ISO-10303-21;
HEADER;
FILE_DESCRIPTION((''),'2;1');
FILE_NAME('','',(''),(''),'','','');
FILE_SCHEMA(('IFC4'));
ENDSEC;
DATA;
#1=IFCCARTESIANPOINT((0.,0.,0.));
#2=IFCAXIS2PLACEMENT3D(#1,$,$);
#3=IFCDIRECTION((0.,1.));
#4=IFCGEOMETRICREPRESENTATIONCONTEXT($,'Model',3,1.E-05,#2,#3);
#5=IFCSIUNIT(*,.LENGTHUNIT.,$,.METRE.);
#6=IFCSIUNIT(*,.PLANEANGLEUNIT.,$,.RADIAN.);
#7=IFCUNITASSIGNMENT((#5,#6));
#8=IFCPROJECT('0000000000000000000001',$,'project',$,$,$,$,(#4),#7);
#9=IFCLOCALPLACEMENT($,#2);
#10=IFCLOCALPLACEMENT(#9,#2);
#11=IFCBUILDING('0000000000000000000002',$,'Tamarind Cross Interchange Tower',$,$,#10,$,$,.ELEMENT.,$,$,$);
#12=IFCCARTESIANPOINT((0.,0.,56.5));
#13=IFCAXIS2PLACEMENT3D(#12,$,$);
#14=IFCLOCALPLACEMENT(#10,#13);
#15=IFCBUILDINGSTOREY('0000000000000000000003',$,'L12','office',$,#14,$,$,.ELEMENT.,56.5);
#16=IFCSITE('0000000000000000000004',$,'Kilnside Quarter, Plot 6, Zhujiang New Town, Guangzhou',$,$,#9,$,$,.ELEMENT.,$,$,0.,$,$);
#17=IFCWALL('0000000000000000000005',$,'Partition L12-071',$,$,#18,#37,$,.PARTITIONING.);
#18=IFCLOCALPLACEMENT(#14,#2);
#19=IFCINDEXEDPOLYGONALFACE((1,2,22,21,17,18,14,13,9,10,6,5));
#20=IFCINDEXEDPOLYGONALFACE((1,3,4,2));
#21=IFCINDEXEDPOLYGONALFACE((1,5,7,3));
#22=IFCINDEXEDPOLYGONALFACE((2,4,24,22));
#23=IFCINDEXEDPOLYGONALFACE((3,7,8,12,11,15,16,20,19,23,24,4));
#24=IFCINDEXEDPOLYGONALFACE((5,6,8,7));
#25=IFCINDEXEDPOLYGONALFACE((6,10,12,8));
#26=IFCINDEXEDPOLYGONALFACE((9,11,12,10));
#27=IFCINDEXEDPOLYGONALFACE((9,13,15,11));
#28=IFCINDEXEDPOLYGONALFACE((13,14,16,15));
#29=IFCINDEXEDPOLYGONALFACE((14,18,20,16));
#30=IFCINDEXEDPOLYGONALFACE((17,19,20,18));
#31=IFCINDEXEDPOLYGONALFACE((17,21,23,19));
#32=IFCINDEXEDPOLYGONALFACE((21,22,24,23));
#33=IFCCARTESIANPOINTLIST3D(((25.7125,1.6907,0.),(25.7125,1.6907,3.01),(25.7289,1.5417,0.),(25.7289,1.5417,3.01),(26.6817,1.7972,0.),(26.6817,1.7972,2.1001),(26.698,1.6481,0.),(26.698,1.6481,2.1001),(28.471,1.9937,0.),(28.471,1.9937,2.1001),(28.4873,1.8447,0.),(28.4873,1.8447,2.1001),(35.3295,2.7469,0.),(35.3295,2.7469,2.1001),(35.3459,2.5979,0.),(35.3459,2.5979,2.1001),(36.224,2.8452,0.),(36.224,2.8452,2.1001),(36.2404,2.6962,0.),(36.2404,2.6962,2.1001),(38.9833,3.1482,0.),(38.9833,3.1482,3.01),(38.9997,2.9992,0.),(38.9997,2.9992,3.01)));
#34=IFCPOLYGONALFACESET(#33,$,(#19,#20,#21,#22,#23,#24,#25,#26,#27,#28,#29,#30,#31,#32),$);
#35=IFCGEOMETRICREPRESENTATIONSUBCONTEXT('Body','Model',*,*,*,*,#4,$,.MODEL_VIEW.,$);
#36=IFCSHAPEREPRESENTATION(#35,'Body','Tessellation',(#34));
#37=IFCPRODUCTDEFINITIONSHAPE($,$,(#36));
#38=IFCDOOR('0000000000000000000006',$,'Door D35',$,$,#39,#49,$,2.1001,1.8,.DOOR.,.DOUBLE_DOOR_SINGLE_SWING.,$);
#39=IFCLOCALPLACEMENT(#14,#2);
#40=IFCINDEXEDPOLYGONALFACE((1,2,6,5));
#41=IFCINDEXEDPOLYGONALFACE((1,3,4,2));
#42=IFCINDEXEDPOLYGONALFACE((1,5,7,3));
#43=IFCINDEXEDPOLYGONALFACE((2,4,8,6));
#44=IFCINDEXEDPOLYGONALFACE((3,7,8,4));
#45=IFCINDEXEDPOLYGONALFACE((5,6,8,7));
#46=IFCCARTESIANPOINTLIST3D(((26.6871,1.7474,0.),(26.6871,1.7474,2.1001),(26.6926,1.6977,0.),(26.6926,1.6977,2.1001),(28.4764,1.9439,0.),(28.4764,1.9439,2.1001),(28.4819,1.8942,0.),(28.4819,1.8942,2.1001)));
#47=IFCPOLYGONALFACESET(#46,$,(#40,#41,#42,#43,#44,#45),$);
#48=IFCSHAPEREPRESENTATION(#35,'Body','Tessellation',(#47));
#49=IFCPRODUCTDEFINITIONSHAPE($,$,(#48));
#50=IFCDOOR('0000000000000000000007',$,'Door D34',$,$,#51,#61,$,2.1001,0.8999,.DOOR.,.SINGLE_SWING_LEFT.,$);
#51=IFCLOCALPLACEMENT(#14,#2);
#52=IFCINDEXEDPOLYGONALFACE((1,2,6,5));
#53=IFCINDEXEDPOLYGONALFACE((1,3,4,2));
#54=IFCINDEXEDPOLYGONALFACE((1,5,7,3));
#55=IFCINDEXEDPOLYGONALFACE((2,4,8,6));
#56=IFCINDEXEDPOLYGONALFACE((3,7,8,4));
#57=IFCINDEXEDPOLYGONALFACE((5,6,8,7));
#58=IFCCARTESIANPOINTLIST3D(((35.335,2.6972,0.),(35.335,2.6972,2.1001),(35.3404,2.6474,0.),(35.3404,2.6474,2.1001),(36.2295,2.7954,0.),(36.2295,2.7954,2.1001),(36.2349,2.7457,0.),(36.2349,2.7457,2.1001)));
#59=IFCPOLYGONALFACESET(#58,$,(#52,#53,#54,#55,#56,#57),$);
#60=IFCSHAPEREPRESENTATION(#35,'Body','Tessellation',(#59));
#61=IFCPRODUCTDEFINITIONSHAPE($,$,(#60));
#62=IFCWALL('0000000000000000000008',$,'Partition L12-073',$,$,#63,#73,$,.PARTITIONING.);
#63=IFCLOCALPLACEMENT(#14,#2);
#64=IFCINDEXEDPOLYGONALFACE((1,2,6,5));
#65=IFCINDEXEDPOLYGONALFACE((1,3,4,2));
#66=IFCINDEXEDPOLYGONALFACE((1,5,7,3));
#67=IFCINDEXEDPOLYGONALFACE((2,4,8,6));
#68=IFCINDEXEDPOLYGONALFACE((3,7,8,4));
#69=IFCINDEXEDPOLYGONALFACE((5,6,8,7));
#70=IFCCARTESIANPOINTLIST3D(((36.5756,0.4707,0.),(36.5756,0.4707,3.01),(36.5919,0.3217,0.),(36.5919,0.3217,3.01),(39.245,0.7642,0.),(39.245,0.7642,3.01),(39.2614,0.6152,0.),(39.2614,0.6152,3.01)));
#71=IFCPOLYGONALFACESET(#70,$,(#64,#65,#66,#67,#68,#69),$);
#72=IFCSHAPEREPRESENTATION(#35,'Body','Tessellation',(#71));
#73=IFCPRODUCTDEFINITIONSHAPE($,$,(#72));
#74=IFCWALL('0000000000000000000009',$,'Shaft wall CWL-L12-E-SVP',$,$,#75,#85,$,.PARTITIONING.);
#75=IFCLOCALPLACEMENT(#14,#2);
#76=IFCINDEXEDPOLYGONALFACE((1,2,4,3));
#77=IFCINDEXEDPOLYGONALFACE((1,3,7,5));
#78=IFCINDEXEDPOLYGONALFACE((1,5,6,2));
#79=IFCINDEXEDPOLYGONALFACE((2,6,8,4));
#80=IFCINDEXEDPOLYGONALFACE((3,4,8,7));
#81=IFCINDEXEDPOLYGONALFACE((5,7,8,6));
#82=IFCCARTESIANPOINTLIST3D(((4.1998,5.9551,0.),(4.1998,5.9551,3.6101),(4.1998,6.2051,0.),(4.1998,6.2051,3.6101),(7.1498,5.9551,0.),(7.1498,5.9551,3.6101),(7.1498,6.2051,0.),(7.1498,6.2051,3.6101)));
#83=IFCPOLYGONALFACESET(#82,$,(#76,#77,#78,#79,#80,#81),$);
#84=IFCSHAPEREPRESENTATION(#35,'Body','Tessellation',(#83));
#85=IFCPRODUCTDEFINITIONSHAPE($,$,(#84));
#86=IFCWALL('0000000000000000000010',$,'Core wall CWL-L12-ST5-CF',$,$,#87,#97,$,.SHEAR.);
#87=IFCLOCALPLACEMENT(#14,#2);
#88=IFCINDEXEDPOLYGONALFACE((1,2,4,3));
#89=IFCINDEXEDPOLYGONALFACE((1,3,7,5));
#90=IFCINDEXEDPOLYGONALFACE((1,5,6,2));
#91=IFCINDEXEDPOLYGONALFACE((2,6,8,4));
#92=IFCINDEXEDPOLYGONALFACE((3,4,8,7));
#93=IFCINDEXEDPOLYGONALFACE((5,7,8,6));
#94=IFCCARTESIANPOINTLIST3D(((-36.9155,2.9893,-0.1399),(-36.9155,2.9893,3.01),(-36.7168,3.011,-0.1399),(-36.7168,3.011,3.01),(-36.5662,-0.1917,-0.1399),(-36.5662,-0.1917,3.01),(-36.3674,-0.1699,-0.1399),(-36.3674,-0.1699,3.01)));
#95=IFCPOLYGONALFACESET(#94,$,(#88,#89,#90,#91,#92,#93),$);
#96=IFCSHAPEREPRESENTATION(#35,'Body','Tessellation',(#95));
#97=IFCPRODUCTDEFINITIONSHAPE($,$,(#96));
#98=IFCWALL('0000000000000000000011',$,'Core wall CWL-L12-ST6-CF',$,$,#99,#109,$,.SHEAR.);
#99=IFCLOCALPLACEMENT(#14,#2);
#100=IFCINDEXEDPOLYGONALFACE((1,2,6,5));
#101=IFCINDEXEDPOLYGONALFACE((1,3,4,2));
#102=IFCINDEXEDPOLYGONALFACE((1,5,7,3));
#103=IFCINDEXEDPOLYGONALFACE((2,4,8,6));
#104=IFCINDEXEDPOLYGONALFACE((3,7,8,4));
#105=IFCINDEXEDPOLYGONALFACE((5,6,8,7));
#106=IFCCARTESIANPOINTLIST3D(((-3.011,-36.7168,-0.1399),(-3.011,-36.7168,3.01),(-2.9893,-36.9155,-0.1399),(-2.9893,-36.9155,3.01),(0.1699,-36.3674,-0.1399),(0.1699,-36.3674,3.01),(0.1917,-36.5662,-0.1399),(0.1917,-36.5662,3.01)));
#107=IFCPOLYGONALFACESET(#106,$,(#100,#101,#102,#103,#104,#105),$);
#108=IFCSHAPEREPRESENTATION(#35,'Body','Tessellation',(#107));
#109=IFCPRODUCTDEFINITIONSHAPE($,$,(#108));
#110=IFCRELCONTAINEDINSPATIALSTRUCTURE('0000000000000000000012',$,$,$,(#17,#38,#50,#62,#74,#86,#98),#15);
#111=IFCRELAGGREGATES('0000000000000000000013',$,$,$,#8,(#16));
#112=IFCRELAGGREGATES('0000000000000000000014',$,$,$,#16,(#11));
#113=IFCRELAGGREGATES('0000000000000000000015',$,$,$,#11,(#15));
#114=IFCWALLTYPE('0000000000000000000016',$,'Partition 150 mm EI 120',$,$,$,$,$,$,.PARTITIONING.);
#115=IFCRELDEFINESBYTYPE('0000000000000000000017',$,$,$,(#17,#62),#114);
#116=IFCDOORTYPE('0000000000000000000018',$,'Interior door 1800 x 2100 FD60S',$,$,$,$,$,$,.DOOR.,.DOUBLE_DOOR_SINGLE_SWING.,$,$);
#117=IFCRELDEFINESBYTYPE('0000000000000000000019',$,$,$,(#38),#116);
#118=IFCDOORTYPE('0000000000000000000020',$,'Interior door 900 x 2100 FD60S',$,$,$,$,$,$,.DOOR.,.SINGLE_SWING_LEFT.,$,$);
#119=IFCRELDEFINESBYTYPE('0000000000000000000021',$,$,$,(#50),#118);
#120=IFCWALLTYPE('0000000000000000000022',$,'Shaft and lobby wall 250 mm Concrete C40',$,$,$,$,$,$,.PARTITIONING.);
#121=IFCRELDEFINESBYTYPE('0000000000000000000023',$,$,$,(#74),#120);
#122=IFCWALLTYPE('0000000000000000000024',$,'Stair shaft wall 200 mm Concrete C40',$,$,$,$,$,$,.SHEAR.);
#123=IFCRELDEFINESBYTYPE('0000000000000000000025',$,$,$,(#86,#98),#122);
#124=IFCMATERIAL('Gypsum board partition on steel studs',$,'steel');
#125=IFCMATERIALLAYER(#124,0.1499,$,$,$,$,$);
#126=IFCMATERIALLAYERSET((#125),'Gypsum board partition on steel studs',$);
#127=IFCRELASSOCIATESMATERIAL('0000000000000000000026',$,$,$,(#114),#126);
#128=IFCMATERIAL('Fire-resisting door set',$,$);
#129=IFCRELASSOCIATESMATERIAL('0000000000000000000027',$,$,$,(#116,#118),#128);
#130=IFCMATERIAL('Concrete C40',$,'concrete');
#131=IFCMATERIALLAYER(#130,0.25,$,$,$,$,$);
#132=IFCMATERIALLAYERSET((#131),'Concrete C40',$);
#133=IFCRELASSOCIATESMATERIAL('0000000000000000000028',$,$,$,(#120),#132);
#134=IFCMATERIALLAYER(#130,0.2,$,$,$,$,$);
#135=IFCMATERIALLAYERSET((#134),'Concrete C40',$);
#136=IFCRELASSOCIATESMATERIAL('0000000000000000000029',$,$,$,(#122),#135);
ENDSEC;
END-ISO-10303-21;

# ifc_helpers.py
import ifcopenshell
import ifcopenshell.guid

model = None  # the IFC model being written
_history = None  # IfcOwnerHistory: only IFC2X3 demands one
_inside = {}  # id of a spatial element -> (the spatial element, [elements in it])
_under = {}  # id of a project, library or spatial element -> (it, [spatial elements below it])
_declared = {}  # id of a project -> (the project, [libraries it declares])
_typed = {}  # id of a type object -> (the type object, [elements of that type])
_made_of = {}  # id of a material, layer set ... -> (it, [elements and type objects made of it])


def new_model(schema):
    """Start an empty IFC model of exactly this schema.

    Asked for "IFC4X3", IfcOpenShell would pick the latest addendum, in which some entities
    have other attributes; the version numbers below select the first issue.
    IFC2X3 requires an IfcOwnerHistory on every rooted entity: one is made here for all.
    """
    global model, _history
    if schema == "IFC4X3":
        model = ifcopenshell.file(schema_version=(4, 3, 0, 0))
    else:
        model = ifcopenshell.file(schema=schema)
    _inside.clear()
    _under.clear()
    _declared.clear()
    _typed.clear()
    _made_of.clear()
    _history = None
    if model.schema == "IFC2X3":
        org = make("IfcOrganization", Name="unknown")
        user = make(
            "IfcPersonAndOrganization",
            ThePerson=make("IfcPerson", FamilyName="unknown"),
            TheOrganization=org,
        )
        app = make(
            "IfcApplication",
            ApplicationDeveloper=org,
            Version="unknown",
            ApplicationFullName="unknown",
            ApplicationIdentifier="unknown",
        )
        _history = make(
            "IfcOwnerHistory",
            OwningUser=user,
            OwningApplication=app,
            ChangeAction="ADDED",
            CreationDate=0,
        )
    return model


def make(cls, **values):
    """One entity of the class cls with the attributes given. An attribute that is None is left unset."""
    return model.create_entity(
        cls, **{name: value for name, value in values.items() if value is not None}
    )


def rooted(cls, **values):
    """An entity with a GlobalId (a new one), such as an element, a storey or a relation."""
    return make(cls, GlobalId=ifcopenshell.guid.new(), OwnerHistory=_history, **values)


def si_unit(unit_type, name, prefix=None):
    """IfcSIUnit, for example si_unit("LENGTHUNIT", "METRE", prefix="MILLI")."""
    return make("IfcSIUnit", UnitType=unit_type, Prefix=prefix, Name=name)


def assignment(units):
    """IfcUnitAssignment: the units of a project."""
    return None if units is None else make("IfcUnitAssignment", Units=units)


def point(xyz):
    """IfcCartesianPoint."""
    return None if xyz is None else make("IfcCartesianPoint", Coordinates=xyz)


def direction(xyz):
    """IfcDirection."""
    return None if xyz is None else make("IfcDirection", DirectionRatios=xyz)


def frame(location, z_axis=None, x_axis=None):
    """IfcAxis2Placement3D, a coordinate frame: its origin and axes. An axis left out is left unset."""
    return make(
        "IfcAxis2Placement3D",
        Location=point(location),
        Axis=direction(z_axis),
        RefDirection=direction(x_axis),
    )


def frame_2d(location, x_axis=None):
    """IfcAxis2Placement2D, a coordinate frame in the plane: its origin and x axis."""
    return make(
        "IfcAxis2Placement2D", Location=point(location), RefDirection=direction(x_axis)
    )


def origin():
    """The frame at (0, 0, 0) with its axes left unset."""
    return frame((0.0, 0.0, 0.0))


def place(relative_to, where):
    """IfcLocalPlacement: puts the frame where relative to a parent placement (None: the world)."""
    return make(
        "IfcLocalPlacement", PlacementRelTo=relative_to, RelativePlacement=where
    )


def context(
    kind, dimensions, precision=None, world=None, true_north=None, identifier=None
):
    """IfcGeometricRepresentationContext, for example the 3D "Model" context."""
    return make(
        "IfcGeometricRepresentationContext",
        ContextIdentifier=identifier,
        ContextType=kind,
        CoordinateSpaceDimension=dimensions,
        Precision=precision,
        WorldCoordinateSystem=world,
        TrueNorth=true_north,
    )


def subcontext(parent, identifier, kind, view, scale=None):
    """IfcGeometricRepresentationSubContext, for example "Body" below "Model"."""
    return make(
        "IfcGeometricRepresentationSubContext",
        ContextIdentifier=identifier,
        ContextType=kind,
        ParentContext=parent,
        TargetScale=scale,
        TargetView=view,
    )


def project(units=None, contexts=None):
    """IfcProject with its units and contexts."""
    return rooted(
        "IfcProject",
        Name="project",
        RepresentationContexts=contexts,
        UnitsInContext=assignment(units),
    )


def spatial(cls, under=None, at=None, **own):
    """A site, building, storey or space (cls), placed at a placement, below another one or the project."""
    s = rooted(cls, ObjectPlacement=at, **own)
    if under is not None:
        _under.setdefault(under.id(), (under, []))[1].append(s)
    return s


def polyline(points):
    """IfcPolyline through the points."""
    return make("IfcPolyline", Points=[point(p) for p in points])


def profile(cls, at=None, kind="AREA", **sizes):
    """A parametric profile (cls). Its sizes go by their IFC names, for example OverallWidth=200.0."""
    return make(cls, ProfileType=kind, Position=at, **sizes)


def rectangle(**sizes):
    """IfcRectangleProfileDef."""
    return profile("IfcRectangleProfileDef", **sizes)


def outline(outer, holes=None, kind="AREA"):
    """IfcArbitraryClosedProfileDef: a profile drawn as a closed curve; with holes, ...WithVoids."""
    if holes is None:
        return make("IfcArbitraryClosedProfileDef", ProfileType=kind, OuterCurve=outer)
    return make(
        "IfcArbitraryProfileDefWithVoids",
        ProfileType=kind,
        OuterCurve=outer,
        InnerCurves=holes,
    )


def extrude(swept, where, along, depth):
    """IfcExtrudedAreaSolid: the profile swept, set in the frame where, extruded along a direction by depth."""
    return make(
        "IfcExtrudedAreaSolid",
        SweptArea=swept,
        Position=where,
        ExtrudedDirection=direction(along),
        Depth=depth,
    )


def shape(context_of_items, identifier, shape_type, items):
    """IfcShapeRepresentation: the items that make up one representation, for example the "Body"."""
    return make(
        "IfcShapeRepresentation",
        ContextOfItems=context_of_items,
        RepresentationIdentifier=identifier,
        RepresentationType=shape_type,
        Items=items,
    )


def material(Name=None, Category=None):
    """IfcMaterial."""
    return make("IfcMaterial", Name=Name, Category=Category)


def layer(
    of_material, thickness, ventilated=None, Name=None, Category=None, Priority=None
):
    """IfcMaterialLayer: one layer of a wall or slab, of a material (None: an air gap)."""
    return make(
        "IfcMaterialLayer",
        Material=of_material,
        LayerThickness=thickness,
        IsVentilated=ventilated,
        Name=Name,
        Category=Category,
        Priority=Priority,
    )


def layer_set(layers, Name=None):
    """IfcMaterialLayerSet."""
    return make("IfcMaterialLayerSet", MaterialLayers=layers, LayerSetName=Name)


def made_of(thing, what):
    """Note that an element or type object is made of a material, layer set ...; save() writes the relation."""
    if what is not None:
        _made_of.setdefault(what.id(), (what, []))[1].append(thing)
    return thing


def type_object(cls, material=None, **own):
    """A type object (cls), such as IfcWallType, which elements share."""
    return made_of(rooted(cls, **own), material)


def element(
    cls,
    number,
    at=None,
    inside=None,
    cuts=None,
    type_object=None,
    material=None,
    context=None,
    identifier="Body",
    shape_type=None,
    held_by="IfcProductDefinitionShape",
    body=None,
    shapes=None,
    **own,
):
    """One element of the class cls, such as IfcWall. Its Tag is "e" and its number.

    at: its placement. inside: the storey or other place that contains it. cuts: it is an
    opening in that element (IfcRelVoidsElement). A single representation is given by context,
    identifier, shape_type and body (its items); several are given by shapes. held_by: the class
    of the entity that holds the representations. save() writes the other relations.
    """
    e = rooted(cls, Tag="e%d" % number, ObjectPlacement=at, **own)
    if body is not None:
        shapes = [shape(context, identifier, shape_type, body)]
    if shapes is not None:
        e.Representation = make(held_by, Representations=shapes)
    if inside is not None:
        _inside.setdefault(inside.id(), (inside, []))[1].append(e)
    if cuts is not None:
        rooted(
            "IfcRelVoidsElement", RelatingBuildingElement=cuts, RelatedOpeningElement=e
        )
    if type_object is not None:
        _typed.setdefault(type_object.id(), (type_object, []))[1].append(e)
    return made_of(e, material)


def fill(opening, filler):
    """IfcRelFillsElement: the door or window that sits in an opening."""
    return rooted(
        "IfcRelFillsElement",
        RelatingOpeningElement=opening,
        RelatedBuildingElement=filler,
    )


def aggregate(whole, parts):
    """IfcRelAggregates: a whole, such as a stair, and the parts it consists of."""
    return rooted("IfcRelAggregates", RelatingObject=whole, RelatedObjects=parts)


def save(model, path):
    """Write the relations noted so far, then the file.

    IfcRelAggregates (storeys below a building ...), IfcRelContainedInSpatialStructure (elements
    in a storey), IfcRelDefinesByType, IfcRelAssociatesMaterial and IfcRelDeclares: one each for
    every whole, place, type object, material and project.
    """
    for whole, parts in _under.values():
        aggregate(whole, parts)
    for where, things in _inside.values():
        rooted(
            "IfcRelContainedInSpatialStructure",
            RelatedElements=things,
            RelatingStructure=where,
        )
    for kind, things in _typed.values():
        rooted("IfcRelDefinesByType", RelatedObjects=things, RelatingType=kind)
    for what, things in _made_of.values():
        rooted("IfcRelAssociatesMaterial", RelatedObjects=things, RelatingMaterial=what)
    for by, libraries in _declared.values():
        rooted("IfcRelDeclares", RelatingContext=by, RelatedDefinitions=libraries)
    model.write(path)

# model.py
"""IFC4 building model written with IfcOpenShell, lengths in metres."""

from ifc_helpers import new_model, si_unit, direction, frame, frame_2d, origin, place, context, subcontext, project, spatial, polyline, rectangle, outline, extrude, material, layer, layer_set, type_object, element, fill, save


model = new_model("IFC4")

# Units and contexts
model_context = context("Model", 3, precision=1e-05, world=origin(), true_north=direction((0.0, 1.0)))
body_context = subcontext(model_context, "Body", "Model", "MODEL_VIEW")
ifc_project = project(units=[si_unit("LENGTHUNIT", "METRE"), si_unit("PLANEANGLEUNIT", "RADIAN")], contexts=[model_context])

# Site, building, storey
site_placement = place(None, origin())
site = spatial("IfcSite", under=ifc_project, at=site_placement, Name="Kilnside Quarter, Plot 6, Zhujiang New Town, Guangzhou", CompositionType="ELEMENT", RefElevation=0.0)
building_placement = place(site_placement, origin())
building = spatial("IfcBuilding", under=site, at=building_placement, Name="Tamarind Cross Interchange Tower", CompositionType="ELEMENT")
storey_placement = place(building_placement, frame((0.0, 0.0, 56.5)))
storey = spatial("IfcBuildingStorey", under=building, at=storey_placement, Name="L12", Description="office", CompositionType="ELEMENT", Elevation=56.5)

# Shared definitions
ifc_material_1 = material(Name="Concrete C40", Category="concrete")

# Shared definitions
ifc_material_2 = material(Name="Gypsum board partition on steel studs", Category="steel")

# Shared definitions
ifc_layer_1 = layer(ifc_material_2, 0.1499)
ifc_layer_set_1 = layer_set([ifc_layer_1], Name="Gypsum board partition on steel studs")
wall_type_1 = type_object("IfcWallType", Name="Partition 150 mm EI 120", PredefinedType="PARTITIONING", material=ifc_layer_set_1)
ifc_material_3 = material(Name="Fire-resisting door set")
door_type_1 = type_object("IfcDoorType", Name="Interior door 1800 x 2100 FD60S", OperationType="DOUBLE_DOOR_SINGLE_SWING", PredefinedType="DOOR", material=ifc_material_3)

# Wall, openings, doors
wall_1_placement = place(storey_placement, frame((25.7207, 1.6162, 0.0), z_axis=(0.0, 0.0, 1.0), x_axis=(0.994023, 0.109173, 0.0)))
wall_1 = element("IfcWall", 1, at=wall_1_placement, inside=storey, type_object=wall_type_1, Name="Partition L12-071", PredefinedType="PARTITIONING", context=body_context, shape_type="SweptSolid", body=[
    extrude(rectangle(XDim=13.3506, YDim=0.1499, at=frame_2d((6.6753, 0.0))), origin(), (0.0, 0.0, 1.0), 3.01),
])
opening_1_placement = place(wall_1_placement, frame((9.6748, 0.0, 0.0)))
opening_1 = element("IfcOpeningElement", 2, at=opening_1_placement, cuts=wall_1, PredefinedType="OPENING", context=body_context, shape_type="SweptSolid", body=[
    extrude(rectangle(XDim=0.8999, YDim=2.1001, at=frame_2d((0.45, 1.05))), frame((0.0, 0.085, 0.0), z_axis=(0.0, -1.0, 0.0), x_axis=(1.0, 0.0, 0.0)), (0.0, 0.0, 1.0), 0.1699),
])
opening_2_placement = place(wall_1_placement, frame((0.9751, 0.0, 0.0)))
opening_2 = element("IfcOpeningElement", 3, at=opening_2_placement, cuts=wall_1, PredefinedType="OPENING", context=body_context, shape_type="SweptSolid", body=[
    extrude(rectangle(XDim=1.8, YDim=2.1001, at=frame_2d((0.8999, 1.05))), frame((0.0, 0.085, 0.0), z_axis=(0.0, -1.0, 0.0), x_axis=(1.0, 0.0, 0.0)), (0.0, 0.0, 1.0), 0.1699),
])
door_1_placement = place(opening_2_placement, origin())
door_1 = element("IfcDoor", 4, at=door_1_placement, inside=storey, type_object=door_type_1, Name="Door D35", OperationType="DOUBLE_DOOR_SINGLE_SWING", OverallHeight=2.1001, OverallWidth=1.8, PredefinedType="DOOR", context=body_context, shape_type="SweptSolid", body=[
    extrude(rectangle(XDim=1.8, YDim=2.1001, at=frame_2d((0.8999, 1.05))), frame((0.0, 0.0249, 0.0), z_axis=(0.0, -1.0, 0.0), x_axis=(1.0, 0.0, 0.0)), (0.0, 0.0, 1.0), 0.05),
])
fill(opening_2, door_1)
door_type_2 = type_object("IfcDoorType", Name="Interior door 900 x 2100 FD60S", OperationType="SINGLE_SWING_LEFT", PredefinedType="DOOR", material=ifc_material_3)
door_2_placement = place(opening_1_placement, origin())
door_2 = element("IfcDoor", 5, at=door_2_placement, inside=storey, type_object=door_type_2, Name="Door D34", OperationType="SINGLE_SWING_LEFT", OverallHeight=2.1001, OverallWidth=0.8999, PredefinedType="DOOR", context=body_context, shape_type="SweptSolid", body=[
    extrude(rectangle(XDim=0.8999, YDim=2.1001, at=frame_2d((0.45, 1.05))), frame((0.0, 0.0249, 0.0), z_axis=(0.0, -1.0, 0.0), x_axis=(1.0, 0.0, 0.0)), (0.0, 0.0, 1.0), 0.05),
])
fill(opening_1, door_2)

# Walls
wall_2_placement = place(storey_placement, frame((36.5837, 0.3962, 0.0), z_axis=(0.0, 0.0, 1.0), x_axis=(0.994012, 0.109274, 0.0)))
element("IfcWall", 6, at=wall_2_placement, inside=storey, type_object=wall_type_1, Name="Partition L12-073", PredefinedType="PARTITIONING", context=body_context, shape_type="SweptSolid", body=[
    extrude(rectangle(XDim=2.6855, YDim=0.1499, at=frame_2d((1.3428, 0.0))), origin(), (0.0, 0.0, 1.0), 3.01),
])
ifc_layer_2 = layer(ifc_material_1, 0.25)
ifc_layer_set_2 = layer_set([ifc_layer_2], Name="Concrete C40")
wall_type_2 = type_object("IfcWallType", Name="Shaft and lobby wall 250 mm Concrete C40", PredefinedType="PARTITIONING", material=ifc_layer_set_2)
wall_3_placement = place(storey_placement, frame((7.1499, 6.0801, 0.0), z_axis=(0.0, 0.0, 1.0), x_axis=(-1.0, 0.0, 0.0)))
element("IfcWall", 7, at=wall_3_placement, inside=storey, type_object=wall_type_2, Name="Shaft wall CWL-L12-E-SVP", PredefinedType="PARTITIONING", context=body_context, shape_type="SweptSolid", body=[
    extrude(rectangle(XDim=2.95, YDim=0.25, at=frame_2d((1.4751, 0.0))), origin(), (0.0, 0.0, 1.0), 3.6101),
])
ifc_layer_3 = layer(ifc_material_1, 0.2)
ifc_layer_set_3 = layer_set([ifc_layer_3], Name="Concrete C40")
wall_type_3 = type_object("IfcWallType", Name="Stair shaft wall 200 mm Concrete C40", PredefinedType="SHEAR", material=ifc_layer_set_3)
wall_4_placement = place(storey_placement, frame((0.0, 0.0, -0.1399)))
element("IfcWall", 8, at=wall_4_placement, inside=storey, type_object=wall_type_3, Name="Core wall CWL-L12-ST5-CF", PredefinedType="SHEAR", context=body_context, shape_type="SweptSolid", body=[
    extrude(outline(polyline([(-36.7168, 3.011), (-36.9155, 2.9893), (-36.5662, -0.1917), (-36.3674, -0.1699), (-36.7168, 3.011)])), origin(), (0.0, 0.0, 1.0), 3.1499),
])
wall_5_placement = place(storey_placement, frame((0.0, 0.0, -0.1399)))
element("IfcWall", 9, at=wall_5_placement, inside=storey, type_object=wall_type_3, Name="Core wall CWL-L12-ST6-CF", PredefinedType="SHEAR", context=body_context, shape_type="SweptSolid", body=[
    extrude(outline(polyline([(-3.011, -36.7168), (-2.9893, -36.9155), (0.1917, -36.5662), (0.1699, -36.3674), (-3.011, -36.7168)])), origin(), (0.0, 0.0, 1.0), 3.1499),
])

save(model, "model.ifc")
